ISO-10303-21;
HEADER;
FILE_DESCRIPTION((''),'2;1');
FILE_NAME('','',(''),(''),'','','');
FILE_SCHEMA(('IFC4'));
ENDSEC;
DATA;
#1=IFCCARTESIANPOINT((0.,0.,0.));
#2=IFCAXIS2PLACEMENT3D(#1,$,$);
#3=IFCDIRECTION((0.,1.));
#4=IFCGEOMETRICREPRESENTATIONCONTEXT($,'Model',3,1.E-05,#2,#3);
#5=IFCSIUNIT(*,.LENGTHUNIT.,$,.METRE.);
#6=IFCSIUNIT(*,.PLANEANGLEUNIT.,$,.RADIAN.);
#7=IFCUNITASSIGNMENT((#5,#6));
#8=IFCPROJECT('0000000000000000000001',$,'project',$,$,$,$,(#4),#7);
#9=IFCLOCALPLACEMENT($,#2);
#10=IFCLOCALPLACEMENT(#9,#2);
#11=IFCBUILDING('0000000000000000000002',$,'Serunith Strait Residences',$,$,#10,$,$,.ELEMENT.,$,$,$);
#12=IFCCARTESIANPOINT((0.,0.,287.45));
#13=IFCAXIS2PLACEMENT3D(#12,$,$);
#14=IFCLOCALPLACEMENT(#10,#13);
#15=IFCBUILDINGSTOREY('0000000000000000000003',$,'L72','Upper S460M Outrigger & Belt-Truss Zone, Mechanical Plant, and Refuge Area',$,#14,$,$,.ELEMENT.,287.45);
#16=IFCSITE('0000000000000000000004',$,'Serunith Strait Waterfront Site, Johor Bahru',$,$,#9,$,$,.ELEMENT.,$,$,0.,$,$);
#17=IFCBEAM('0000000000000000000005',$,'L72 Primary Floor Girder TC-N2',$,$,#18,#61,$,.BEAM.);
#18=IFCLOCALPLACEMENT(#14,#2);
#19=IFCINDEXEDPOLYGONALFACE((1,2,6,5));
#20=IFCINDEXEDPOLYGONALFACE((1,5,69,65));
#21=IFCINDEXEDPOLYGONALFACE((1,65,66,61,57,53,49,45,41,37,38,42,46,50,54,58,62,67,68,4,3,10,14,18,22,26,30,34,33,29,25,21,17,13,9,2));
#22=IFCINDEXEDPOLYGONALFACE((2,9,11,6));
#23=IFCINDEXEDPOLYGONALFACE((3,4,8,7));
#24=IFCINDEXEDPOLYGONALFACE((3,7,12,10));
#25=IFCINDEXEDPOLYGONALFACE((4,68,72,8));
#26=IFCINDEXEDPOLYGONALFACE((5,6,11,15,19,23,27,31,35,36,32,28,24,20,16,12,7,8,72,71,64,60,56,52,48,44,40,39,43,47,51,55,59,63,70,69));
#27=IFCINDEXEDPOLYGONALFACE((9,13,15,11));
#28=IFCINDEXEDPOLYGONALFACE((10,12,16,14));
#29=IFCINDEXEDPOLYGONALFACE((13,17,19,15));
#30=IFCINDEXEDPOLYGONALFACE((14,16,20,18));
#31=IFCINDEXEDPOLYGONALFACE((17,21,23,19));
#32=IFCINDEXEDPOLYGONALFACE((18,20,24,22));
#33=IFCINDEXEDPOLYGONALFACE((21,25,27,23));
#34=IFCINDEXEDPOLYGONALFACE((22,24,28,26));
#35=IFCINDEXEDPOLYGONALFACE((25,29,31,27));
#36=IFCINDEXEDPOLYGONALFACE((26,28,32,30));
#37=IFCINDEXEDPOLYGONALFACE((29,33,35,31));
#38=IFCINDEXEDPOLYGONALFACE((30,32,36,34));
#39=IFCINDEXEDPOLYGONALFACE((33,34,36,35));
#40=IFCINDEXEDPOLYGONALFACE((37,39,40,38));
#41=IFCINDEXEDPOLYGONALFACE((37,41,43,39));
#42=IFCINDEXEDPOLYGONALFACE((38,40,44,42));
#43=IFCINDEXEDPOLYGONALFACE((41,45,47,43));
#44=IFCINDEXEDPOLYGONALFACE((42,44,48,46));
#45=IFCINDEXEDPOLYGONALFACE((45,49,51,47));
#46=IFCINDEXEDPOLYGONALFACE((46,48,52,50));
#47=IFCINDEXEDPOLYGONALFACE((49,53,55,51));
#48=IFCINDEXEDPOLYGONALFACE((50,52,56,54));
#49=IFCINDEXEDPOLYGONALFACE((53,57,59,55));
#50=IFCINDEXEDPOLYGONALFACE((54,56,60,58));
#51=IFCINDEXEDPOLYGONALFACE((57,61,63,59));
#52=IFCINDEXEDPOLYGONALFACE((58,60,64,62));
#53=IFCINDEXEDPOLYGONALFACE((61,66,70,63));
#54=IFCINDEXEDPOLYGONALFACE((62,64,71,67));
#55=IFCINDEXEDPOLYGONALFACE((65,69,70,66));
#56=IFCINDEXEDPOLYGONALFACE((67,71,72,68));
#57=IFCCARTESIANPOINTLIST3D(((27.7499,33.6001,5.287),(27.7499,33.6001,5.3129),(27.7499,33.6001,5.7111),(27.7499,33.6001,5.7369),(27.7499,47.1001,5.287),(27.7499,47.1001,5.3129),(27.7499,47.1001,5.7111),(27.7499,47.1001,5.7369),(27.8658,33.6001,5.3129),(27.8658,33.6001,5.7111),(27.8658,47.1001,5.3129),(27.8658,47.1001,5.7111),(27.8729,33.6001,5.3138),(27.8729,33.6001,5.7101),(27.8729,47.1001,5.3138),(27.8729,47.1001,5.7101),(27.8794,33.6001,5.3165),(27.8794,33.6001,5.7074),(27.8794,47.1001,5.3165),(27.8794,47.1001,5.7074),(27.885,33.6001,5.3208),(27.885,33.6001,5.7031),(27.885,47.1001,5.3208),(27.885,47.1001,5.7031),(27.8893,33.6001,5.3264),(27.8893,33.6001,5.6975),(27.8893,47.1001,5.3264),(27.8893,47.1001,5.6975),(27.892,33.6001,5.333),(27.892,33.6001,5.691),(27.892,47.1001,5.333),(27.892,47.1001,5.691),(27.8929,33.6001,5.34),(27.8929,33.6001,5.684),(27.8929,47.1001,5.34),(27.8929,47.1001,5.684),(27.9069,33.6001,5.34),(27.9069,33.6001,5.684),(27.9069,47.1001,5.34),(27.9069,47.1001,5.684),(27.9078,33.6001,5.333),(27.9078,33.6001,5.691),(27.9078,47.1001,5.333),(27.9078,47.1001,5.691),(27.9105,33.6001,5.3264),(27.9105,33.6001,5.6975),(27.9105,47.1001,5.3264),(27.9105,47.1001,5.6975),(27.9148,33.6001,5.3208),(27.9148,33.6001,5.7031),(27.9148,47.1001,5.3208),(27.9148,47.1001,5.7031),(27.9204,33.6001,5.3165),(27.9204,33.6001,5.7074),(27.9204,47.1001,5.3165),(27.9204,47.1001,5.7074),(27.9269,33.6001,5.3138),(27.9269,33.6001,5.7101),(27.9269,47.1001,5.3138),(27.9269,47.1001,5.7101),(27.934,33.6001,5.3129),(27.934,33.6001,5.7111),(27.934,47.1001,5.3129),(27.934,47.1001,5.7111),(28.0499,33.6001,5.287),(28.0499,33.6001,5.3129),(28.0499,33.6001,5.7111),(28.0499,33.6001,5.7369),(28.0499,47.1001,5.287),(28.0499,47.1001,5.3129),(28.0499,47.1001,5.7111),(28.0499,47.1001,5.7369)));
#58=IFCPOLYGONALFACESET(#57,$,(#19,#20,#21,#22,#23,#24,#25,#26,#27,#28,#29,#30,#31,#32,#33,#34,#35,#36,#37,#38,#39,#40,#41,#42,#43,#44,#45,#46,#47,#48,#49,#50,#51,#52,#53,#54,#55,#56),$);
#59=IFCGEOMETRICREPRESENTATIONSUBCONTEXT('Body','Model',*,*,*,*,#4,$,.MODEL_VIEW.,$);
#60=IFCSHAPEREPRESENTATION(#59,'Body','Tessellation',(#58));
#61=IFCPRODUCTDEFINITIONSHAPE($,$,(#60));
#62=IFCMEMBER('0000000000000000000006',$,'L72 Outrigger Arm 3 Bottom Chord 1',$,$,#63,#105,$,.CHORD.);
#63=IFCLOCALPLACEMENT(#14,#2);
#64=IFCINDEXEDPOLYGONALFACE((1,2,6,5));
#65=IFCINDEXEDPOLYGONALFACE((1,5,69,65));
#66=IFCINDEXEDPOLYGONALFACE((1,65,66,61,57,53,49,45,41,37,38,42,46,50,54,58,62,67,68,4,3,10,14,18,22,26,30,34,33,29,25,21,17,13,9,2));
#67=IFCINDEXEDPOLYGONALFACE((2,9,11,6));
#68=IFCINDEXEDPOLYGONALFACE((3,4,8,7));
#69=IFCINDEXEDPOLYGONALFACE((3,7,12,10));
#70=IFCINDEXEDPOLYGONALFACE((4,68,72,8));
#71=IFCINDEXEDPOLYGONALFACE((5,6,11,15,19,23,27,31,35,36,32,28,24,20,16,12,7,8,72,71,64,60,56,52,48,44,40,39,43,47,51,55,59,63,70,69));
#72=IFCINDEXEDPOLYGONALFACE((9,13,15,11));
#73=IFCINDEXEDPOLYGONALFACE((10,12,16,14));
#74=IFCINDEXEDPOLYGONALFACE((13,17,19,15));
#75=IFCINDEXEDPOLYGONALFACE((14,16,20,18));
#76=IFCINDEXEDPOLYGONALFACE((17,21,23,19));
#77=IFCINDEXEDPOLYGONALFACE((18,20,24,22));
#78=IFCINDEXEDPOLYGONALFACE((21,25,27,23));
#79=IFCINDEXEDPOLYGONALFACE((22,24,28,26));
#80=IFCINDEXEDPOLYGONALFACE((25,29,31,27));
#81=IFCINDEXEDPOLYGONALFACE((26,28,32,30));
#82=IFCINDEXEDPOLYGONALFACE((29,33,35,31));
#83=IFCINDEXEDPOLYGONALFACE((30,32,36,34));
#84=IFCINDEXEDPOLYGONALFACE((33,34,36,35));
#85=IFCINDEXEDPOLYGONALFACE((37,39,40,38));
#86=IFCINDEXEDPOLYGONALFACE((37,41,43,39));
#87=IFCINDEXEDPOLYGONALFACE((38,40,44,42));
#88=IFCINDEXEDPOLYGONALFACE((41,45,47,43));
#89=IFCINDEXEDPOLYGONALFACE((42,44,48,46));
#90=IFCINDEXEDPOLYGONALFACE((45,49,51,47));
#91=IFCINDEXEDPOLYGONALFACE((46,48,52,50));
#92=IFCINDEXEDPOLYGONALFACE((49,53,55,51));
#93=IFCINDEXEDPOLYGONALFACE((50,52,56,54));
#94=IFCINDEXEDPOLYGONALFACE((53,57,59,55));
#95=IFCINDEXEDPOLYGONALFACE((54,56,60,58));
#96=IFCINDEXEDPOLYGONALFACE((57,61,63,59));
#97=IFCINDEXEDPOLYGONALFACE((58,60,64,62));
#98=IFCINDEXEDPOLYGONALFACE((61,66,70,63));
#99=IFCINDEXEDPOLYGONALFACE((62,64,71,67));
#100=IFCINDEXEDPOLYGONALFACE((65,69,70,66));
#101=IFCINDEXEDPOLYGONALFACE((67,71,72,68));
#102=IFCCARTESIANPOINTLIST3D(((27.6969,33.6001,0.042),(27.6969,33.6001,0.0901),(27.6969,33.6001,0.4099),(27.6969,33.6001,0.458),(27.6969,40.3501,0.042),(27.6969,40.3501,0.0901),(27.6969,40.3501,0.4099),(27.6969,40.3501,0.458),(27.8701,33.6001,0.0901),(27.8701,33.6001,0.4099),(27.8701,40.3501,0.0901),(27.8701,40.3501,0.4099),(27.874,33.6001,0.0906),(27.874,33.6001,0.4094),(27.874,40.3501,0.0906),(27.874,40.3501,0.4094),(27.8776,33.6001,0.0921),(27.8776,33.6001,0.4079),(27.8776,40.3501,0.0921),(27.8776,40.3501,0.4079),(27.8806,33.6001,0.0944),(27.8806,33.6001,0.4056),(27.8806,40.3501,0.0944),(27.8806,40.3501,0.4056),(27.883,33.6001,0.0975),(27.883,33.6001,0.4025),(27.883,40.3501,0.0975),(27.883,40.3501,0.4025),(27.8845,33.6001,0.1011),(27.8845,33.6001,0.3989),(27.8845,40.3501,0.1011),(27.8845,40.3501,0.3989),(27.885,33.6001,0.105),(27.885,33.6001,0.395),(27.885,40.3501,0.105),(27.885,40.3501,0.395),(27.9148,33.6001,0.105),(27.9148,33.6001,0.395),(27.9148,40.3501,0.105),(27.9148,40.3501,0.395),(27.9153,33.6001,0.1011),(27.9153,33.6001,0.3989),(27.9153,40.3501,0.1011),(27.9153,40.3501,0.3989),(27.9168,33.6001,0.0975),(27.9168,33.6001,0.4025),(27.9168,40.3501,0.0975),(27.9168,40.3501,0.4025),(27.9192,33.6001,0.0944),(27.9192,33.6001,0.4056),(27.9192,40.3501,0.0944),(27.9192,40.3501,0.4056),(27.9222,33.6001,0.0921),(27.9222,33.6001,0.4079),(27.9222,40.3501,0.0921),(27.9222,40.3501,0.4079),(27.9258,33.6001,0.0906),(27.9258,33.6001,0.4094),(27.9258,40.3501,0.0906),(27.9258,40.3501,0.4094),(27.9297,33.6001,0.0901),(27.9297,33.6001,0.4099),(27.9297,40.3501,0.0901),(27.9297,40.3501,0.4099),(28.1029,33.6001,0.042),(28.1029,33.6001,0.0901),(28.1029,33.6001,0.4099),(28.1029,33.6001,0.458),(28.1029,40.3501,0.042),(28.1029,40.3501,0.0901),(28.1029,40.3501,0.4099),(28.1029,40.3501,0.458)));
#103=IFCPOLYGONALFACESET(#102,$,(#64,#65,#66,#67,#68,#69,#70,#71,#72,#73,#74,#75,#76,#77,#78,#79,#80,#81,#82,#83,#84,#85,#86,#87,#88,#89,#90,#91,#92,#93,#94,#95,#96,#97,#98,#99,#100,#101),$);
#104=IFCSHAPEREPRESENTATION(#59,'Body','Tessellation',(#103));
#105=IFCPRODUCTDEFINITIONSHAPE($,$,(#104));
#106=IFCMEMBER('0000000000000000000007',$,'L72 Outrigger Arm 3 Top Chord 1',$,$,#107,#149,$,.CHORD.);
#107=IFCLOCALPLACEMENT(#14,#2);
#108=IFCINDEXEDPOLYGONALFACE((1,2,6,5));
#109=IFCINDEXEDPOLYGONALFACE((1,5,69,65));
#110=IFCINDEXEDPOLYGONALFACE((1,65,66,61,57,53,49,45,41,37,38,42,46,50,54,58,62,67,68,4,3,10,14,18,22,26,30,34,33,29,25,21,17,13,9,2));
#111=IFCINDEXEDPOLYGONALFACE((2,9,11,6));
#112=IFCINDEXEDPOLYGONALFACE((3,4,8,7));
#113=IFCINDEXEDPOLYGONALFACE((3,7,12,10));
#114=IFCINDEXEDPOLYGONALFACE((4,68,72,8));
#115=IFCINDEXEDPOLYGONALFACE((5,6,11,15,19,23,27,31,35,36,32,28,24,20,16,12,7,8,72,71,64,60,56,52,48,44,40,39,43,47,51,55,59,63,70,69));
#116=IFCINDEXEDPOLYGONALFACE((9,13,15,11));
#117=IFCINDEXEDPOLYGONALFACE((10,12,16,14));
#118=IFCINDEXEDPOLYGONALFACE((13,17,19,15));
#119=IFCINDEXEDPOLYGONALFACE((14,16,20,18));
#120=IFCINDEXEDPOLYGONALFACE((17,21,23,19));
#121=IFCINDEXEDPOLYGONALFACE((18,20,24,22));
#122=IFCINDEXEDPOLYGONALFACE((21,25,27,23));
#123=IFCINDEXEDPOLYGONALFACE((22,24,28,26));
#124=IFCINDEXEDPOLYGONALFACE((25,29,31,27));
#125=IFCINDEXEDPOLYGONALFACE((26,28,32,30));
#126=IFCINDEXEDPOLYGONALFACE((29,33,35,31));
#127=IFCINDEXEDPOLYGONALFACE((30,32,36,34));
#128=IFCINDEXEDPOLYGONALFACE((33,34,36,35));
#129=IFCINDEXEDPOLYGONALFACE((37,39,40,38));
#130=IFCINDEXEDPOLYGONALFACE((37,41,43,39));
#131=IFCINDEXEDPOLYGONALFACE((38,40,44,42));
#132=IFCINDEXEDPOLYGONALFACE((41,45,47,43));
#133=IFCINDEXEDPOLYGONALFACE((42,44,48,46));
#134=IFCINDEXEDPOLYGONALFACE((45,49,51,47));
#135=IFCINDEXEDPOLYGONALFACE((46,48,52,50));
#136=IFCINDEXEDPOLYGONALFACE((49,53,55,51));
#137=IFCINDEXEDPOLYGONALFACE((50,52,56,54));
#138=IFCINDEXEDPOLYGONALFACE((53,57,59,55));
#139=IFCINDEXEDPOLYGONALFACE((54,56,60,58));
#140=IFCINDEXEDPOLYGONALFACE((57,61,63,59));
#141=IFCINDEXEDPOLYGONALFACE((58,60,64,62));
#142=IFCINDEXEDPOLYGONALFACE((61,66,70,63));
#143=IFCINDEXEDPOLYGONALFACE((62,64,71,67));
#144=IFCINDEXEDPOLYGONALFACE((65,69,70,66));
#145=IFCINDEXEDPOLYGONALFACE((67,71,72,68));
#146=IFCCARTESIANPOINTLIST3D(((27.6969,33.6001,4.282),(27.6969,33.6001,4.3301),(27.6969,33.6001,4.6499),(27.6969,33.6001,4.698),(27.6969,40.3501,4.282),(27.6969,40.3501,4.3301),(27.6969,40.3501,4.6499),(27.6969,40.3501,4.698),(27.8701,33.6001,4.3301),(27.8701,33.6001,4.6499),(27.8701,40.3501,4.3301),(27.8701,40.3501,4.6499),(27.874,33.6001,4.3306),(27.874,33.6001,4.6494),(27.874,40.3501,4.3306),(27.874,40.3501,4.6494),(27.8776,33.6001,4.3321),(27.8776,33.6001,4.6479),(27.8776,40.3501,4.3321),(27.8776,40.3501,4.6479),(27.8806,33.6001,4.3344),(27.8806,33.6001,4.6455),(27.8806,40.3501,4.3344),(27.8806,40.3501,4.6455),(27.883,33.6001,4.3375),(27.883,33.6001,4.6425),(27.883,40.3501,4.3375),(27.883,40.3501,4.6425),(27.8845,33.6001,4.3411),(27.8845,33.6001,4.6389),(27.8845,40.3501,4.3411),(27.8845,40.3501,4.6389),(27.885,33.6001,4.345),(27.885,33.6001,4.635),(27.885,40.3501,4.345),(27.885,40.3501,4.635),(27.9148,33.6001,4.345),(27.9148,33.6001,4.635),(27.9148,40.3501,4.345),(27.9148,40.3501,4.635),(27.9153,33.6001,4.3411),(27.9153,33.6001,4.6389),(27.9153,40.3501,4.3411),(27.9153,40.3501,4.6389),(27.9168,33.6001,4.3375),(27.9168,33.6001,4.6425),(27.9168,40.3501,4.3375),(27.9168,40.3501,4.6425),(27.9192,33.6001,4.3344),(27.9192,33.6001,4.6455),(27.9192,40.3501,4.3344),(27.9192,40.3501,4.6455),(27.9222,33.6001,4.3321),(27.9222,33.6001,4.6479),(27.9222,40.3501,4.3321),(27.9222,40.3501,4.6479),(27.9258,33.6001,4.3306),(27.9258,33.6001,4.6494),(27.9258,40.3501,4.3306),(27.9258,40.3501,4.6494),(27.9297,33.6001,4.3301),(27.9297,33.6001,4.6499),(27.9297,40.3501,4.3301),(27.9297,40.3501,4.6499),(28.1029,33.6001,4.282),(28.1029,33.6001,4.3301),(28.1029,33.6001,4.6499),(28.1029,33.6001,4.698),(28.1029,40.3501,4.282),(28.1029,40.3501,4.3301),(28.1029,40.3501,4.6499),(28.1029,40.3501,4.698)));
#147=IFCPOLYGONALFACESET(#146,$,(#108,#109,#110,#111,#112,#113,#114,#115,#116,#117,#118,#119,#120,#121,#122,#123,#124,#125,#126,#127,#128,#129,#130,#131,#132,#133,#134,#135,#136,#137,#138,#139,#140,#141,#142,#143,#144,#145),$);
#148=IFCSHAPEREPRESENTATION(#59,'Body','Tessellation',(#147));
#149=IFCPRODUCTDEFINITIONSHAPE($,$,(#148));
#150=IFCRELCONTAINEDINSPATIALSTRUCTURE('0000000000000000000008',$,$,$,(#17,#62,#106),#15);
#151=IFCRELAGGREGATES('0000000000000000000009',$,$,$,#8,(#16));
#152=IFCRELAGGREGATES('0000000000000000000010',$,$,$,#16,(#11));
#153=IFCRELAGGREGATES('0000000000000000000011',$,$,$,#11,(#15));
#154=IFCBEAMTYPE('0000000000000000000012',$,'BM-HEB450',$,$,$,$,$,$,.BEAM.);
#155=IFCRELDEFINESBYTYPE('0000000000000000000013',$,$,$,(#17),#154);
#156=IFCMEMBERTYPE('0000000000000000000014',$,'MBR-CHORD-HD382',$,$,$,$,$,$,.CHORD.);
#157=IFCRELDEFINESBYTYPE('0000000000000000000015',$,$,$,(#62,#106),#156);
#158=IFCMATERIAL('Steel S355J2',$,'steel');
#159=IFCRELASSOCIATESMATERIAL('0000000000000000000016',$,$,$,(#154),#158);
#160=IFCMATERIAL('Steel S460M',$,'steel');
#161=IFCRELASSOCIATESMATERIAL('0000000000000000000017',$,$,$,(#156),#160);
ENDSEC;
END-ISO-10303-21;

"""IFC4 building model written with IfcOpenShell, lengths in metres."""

from ifc_helpers import new_model, si_unit, direction, frame, origin, origin_2d, place, context, subcontext, project, spatial, i_section, extrude, source, transform, mapped, material, material_profile, profile_set, type_object, element, save


model = new_model("IFC4")

# Units and contexts
model_context = context("Model", 3, precision=1e-05, world=origin(), true_north=direction((0.0, 1.0)))
body_context = subcontext(model_context, "Body", "Model", "MODEL_VIEW")
ifc_project = project(units=[si_unit("LENGTHUNIT", "METRE"), si_unit("PLANEANGLEUNIT", "RADIAN")], contexts=[model_context])

# Site, building, storey
site_placement = place(None, origin())
site = spatial("IfcSite", under=ifc_project, at=site_placement, Name="Serunith Strait Waterfront Site, Johor Bahru", CompositionType="ELEMENT", RefElevation=0.0)
building_placement = place(site_placement, origin())
building = spatial("IfcBuilding", under=site, at=building_placement, Name="Serunith Strait Residences", CompositionType="ELEMENT")
storey_placement = place(building_placement, frame((0.0, 0.0, 287.45)))
storey = spatial("IfcBuildingStorey", under=building, at=storey_placement, Name="L72", Description="Upper S460M Outrigger & Belt-Truss Zone, Mechanical Plant, and Refuge Area", CompositionType="ELEMENT", Elevation=287.45)

# Beam
ifc_material_1 = material(Name="Steel S355J2", Category="steel")
ifc_material_profile_1 = material_profile(ifc_material_1, i_section(OverallWidth=0.3, OverallDepth=0.45, WebThickness=0.0139, FlangeThickness=0.0259, FilletRadius=0.0271, at=origin_2d()), Name="HEB 450")
ifc_profile_set_1 = profile_set([ifc_material_profile_1], Name="Steel S355J2")
beam_type_1 = type_object("IfcBeamType", Name="BM-HEB450", PredefinedType="BEAM", material=ifc_profile_set_1)
shared_shape_1 = source(origin(), body_context, "Body", "SweptSolid", [
    extrude(i_section(OverallWidth=0.3, OverallDepth=0.45, WebThickness=0.0139, FlangeThickness=0.0259, FilletRadius=0.0271, at=origin_2d()), origin(), (0.0, 0.0, 1.0), 13.5),
])
beam_1_placement = place(storey_placement, frame((27.8999, 33.6001, 5.512), z_axis=(0.0, 1.0, 0.0), x_axis=(-1.0, 0.0, 0.0)))
element("IfcBeam", 1, at=beam_1_placement, inside=storey, type_object=beam_type_1, Name="L72 Primary Floor Girder TC-N2", PredefinedType="BEAM", context=body_context, shape_type="MappedRepresentation", body=[
    mapped(shared_shape_1, transform((0.0, 0.0, 0.0), scale=1.0)),
])

# Members
ifc_material_2 = material(Name="Steel S460M", Category="steel")
ifc_material_profile_2 = material_profile(ifc_material_2, i_section(OverallWidth=0.406, OverallDepth=0.416, WebThickness=0.0298, FlangeThickness=0.0481, FilletRadius=0.0149, at=origin_2d()), Name="HD 400x382")
ifc_profile_set_2 = profile_set([ifc_material_profile_2], Name="Steel S460M")
member_type_1 = type_object("IfcMemberType", Name="MBR-CHORD-HD382", PredefinedType="CHORD", material=ifc_profile_set_2)
shared_shape_2 = source(origin(), body_context, "Body", "SweptSolid", [
    extrude(i_section(OverallWidth=0.406, OverallDepth=0.416, WebThickness=0.0298, FlangeThickness=0.0481, FilletRadius=0.0149, at=origin_2d()), origin(), (0.0, 0.0, 1.0), 6.75),
])
for number, where, z_axis, x_axis, name in (
    (2, (27.8999, 33.6001, 0.25), (0.0, 1.0, 0.0), (-1.0, 0.0, 0.0), "L72 Outrigger Arm 3 Bottom Chord 1"),
    (3, (27.8999, 33.6001, 4.49), (0.0, 1.0, 0.0), (-1.0, 0.0, 0.0), "L72 Outrigger Arm 3 Top Chord 1"),
):
    element("IfcMember", number, at=place(storey_placement, frame(where, z_axis=z_axis, x_axis=x_axis)), inside=storey, type_object=member_type_1, Name=name, PredefinedType="CHORD", context=body_context, shape_type="MappedRepresentation", body=[
        mapped(shared_shape_2, transform((0.0, 0.0, 0.0), scale=1.0)),
    ])

save(model, "model.ifc")
